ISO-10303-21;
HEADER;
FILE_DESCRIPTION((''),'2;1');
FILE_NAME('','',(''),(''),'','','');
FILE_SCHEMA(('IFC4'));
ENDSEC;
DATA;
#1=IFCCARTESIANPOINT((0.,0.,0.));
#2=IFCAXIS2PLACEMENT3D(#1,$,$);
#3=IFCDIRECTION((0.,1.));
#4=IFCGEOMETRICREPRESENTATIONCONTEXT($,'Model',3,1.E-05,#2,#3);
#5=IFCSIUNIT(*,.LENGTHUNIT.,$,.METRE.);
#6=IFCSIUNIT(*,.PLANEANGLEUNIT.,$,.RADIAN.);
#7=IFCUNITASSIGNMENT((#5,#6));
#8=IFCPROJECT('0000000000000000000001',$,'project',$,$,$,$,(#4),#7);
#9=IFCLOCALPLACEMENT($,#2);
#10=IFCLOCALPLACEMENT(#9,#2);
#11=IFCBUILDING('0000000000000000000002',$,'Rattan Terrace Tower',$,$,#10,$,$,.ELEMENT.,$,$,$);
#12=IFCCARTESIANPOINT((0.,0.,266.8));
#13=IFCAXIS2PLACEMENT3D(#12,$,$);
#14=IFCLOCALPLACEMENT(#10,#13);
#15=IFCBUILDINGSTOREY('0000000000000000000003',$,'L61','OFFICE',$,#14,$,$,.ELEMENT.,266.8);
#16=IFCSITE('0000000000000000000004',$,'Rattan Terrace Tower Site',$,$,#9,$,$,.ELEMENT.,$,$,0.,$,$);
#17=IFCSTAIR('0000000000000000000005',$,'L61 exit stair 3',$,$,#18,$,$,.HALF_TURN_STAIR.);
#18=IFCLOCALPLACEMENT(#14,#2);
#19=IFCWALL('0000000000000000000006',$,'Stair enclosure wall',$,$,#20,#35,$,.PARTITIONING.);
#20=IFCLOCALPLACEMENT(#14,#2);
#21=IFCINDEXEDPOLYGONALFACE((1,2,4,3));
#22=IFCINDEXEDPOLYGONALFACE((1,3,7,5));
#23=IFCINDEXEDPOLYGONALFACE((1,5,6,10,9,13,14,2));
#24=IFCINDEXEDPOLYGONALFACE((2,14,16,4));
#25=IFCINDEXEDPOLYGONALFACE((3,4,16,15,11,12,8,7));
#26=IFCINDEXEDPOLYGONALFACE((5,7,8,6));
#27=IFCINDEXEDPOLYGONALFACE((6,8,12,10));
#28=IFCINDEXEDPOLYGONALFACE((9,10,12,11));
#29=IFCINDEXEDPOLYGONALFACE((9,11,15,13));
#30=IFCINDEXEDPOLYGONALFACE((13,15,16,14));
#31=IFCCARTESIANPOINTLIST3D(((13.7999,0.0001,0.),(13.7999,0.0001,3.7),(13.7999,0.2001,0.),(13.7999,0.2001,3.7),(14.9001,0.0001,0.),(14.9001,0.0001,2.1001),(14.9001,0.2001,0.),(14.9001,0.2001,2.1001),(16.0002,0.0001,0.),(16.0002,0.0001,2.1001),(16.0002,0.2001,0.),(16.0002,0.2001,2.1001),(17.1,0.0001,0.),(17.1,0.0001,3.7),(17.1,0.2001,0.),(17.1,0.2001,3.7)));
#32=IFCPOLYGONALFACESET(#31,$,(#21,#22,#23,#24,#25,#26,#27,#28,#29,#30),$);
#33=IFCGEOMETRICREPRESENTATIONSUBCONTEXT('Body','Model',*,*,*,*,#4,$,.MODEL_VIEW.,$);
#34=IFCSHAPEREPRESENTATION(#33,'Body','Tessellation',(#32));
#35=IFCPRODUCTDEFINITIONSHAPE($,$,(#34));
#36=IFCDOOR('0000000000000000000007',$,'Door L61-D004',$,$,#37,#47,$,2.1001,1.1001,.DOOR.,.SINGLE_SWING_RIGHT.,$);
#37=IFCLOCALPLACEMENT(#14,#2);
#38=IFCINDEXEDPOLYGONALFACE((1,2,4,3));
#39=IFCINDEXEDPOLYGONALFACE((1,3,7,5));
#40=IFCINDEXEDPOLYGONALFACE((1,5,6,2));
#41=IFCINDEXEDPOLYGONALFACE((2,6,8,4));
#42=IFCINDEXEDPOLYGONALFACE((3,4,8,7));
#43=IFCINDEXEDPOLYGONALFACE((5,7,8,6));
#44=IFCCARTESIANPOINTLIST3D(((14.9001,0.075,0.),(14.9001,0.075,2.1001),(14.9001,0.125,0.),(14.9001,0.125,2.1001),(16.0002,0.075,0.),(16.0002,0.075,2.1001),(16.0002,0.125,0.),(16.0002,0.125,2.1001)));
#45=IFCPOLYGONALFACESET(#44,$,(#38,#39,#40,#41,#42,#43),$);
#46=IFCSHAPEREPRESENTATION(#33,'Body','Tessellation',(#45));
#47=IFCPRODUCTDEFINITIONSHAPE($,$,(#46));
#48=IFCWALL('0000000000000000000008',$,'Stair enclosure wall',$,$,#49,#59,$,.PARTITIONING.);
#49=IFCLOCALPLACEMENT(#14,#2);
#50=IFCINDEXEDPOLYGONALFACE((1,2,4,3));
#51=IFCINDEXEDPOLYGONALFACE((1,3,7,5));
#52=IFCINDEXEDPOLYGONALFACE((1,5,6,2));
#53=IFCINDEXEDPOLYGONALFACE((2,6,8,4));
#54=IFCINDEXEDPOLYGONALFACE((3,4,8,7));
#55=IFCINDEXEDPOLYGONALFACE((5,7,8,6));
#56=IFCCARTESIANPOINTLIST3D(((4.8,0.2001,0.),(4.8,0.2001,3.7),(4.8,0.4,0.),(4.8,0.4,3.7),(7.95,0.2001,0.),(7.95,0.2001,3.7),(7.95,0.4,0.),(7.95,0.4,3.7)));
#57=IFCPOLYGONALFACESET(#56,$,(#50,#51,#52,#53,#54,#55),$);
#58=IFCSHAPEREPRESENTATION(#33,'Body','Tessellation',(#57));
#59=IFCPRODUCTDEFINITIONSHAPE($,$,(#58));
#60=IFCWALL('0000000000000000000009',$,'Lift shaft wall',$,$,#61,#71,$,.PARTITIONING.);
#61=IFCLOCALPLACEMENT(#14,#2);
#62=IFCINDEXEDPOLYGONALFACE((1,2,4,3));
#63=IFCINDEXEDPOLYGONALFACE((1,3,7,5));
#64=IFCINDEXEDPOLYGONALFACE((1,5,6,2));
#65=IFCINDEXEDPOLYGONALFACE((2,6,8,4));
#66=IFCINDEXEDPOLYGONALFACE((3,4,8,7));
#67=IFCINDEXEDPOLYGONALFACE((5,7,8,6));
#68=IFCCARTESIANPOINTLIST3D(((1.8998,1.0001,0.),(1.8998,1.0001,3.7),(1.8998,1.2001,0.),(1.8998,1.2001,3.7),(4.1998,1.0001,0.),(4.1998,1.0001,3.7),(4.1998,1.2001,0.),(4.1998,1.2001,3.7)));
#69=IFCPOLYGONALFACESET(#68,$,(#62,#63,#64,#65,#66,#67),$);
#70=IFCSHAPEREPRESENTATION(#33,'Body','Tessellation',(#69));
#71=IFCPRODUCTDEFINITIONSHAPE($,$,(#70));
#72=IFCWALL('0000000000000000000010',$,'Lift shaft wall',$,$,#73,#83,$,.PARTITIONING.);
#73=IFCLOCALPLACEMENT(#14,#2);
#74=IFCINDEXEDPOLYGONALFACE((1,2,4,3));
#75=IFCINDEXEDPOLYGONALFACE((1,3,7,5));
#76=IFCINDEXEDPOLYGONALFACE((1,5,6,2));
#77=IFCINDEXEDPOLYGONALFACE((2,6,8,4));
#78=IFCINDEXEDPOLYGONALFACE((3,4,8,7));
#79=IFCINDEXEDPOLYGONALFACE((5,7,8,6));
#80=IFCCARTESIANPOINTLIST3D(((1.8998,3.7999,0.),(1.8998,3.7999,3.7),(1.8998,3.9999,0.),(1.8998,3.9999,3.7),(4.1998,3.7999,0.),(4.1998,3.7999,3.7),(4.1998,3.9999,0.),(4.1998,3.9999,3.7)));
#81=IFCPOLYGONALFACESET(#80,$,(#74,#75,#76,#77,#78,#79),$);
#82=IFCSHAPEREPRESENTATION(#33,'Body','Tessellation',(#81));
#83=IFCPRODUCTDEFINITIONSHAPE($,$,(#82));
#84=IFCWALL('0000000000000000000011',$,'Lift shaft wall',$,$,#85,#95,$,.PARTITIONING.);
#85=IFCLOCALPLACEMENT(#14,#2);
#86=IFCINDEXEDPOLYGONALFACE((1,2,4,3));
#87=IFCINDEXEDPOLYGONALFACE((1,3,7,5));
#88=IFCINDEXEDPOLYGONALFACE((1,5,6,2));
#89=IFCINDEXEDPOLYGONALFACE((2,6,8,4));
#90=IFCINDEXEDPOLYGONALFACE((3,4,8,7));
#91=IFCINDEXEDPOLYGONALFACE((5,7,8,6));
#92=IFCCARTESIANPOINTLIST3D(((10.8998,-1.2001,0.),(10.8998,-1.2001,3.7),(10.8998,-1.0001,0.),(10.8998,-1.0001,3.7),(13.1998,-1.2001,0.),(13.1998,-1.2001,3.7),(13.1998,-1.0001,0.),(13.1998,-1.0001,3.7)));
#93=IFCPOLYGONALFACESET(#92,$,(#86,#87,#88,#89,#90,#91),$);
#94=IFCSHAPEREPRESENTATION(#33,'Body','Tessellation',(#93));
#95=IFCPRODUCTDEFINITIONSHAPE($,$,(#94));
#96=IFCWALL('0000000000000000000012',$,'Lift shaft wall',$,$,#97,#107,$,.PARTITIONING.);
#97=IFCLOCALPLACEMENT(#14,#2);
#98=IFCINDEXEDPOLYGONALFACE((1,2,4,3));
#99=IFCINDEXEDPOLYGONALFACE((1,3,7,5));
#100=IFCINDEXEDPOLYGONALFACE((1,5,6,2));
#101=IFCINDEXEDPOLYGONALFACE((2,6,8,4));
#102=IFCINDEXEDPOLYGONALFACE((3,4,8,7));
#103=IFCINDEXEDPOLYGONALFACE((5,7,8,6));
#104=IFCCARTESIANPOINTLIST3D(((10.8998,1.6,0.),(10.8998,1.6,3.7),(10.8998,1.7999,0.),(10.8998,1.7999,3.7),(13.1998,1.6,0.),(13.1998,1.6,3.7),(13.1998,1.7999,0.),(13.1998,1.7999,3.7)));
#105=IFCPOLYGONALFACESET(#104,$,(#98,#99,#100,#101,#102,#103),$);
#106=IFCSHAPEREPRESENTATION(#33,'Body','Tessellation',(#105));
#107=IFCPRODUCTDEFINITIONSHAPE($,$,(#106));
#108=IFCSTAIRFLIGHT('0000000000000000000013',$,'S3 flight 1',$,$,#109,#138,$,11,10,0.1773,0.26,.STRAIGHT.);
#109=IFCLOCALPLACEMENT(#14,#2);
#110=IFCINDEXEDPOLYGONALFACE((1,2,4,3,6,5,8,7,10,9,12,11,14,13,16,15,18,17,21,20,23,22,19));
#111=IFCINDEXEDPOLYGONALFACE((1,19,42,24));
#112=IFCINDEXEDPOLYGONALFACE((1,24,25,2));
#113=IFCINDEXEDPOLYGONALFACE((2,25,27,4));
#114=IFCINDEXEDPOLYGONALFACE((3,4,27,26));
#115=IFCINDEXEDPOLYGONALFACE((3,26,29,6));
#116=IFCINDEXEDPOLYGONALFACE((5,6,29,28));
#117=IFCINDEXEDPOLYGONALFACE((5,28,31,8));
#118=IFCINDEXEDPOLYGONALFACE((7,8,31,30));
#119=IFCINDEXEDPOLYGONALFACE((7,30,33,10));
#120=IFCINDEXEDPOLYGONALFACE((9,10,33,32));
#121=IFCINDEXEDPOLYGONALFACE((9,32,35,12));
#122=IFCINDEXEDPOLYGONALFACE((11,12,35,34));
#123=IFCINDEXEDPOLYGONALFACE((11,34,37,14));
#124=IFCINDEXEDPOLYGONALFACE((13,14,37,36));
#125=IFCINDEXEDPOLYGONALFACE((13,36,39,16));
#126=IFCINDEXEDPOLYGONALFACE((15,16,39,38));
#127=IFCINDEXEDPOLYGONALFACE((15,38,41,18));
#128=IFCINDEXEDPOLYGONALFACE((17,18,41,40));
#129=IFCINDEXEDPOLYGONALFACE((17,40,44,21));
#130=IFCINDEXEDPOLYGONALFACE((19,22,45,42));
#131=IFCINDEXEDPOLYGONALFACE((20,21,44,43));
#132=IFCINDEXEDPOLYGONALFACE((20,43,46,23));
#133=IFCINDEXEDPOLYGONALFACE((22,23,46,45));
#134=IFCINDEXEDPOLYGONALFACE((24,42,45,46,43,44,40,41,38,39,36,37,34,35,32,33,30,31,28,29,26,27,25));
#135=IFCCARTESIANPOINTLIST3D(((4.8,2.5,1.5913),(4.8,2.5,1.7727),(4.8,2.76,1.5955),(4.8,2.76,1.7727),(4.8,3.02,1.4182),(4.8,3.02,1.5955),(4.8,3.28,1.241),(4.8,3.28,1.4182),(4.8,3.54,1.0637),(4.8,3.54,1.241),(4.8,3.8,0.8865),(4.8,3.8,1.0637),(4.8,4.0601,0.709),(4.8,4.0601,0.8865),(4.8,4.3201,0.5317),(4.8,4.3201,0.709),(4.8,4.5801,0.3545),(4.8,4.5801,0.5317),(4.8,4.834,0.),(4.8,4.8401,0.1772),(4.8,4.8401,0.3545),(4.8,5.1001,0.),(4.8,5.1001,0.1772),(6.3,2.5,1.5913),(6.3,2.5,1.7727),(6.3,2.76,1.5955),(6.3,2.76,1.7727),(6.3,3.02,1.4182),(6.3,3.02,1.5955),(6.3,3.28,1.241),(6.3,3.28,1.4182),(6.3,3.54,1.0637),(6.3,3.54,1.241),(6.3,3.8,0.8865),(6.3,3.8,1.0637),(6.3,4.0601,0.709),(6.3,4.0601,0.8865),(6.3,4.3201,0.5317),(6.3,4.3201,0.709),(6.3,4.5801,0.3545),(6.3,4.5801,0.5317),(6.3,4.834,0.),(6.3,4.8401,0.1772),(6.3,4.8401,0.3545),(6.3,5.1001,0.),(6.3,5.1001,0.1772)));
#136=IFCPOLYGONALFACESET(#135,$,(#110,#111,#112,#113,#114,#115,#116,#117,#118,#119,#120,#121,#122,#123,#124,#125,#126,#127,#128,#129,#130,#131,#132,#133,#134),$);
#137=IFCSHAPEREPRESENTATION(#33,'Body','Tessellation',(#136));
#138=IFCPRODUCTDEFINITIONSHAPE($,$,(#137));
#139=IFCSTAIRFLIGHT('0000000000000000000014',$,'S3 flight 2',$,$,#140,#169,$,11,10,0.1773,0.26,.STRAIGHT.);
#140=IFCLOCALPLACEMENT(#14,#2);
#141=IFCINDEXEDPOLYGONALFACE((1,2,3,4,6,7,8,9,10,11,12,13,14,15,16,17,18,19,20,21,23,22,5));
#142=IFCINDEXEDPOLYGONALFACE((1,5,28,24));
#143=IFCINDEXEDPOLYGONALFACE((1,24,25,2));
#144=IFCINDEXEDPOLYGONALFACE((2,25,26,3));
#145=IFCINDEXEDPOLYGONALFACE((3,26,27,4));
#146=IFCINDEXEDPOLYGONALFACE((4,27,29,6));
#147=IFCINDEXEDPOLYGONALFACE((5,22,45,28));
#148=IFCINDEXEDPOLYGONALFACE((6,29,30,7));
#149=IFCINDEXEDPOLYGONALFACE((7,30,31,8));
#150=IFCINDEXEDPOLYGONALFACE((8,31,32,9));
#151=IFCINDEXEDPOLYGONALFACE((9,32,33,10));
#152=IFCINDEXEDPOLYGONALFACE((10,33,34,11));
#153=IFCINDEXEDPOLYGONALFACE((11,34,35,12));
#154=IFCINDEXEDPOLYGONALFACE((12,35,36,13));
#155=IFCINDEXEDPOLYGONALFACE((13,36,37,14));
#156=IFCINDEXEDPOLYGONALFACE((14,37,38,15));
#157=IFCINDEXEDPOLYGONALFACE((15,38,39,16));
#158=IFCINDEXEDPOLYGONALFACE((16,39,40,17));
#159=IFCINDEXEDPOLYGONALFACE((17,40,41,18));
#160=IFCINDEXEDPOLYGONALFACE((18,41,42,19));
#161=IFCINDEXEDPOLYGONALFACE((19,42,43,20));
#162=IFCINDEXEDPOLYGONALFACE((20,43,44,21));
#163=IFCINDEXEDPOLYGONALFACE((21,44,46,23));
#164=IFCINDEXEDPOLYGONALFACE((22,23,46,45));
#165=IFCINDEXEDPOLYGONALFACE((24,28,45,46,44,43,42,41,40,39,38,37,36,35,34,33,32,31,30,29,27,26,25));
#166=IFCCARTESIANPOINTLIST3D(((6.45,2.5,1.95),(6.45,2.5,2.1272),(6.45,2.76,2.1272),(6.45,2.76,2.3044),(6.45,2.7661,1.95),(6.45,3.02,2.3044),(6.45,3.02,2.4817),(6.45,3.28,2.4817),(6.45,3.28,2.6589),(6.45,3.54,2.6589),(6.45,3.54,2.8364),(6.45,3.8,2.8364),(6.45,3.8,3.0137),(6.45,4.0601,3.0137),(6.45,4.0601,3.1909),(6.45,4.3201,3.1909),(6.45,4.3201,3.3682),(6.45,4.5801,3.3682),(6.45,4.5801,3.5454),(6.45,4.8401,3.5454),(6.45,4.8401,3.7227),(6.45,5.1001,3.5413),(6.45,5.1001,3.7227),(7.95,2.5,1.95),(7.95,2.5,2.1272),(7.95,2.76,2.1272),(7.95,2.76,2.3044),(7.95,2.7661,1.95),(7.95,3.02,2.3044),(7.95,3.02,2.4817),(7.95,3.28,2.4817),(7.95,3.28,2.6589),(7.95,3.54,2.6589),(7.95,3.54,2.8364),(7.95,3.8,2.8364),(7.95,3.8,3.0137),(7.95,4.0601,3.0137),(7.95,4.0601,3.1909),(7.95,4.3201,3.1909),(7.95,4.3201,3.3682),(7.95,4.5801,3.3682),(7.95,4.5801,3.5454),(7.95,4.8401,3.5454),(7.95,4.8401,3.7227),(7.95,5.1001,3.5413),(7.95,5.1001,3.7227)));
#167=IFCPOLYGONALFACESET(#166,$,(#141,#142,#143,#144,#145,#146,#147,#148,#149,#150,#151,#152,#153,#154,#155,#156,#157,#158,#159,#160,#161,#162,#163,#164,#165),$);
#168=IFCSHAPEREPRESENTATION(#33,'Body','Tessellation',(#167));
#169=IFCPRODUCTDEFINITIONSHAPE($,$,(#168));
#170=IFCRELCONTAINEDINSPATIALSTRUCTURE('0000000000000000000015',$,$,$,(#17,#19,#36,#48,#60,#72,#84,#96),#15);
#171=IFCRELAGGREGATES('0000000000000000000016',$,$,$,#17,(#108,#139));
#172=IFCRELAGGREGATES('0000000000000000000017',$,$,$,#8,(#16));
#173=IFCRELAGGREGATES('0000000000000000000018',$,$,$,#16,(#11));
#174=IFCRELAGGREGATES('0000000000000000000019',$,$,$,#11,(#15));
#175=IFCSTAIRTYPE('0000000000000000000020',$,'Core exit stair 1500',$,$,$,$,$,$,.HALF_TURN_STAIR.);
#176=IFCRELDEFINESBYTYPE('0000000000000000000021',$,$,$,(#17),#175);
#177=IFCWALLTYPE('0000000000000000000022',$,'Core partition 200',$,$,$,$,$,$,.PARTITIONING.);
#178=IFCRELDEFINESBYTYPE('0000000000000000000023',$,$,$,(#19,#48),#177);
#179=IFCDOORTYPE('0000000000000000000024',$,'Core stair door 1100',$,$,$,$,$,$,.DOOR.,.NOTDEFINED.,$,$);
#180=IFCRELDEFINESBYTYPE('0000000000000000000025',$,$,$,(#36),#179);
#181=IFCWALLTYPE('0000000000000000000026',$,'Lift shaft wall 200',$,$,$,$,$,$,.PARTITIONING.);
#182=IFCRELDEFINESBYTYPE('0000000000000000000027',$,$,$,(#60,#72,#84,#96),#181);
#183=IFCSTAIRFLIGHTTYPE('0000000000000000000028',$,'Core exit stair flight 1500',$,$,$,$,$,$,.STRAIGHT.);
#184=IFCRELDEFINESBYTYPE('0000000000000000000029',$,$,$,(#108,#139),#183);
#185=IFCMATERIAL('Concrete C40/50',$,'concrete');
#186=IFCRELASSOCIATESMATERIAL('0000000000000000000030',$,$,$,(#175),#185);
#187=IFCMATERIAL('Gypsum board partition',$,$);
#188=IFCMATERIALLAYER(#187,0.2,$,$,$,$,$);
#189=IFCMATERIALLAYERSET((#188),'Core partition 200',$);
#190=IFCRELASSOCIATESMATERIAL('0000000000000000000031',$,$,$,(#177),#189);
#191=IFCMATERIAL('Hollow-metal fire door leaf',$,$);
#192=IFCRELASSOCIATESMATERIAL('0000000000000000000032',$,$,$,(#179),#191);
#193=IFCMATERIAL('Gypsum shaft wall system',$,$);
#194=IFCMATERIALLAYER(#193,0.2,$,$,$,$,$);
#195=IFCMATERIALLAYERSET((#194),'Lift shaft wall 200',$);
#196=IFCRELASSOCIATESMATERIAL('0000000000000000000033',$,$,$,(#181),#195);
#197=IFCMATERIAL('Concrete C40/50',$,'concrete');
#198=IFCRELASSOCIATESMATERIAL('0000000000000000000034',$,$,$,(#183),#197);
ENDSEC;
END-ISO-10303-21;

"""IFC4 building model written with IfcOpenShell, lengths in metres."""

from ifc_helpers import new_model, si_unit, direction, frame, frame_2d, origin, place, context, subcontext, project, spatial, polyline, rectangle, outline, extrude, material, layer, layer_set, type_object, element, fill, aggregate, save


model = new_model("IFC4")

# Units and contexts
model_context = context("Model", 3, precision=1e-05, world=origin(), true_north=direction((0.0, 1.0)))
body_context = subcontext(model_context, "Body", "Model", "MODEL_VIEW")
ifc_project = project(units=[si_unit("LENGTHUNIT", "METRE"), si_unit("PLANEANGLEUNIT", "RADIAN")], contexts=[model_context])

# Site, building, storey
site_placement = place(None, origin())
site = spatial("IfcSite", under=ifc_project, at=site_placement, Name="Rattan Terrace Tower Site", CompositionType="ELEMENT", RefElevation=0.0)
building_placement = place(site_placement, origin())
building = spatial("IfcBuilding", under=site, at=building_placement, Name="Rattan Terrace Tower", CompositionType="ELEMENT")
storey_placement = place(building_placement, frame((0.0, 0.0, 266.8)))
storey = spatial("IfcBuildingStorey", under=building, at=storey_placement, Name="L61", Description="OFFICE", CompositionType="ELEMENT", Elevation=266.8)

# Stair
ifc_material_1 = material(Name="Concrete C40/50", Category="concrete")
stair_type = type_object("IfcStairType", Name="Core exit stair 1500", PredefinedType="HALF_TURN_STAIR", material=ifc_material_1)
stair_placement = place(storey_placement, origin())
stair = element("IfcStair", 1, at=stair_placement, inside=storey, type_object=stair_type, Name="L61 exit stair 3", PredefinedType="HALF_TURN_STAIR")

# Wall, opening, door
ifc_material_2 = material(Name="Gypsum board partition")
ifc_layer_1 = layer(ifc_material_2, 0.2)
ifc_layer_set_1 = layer_set([ifc_layer_1], Name="Core partition 200")
wall_type_1 = type_object("IfcWallType", Name="Core partition 200", PredefinedType="PARTITIONING", material=ifc_layer_set_1)
wall_1_placement = place(storey_placement, frame((13.8, 0.1001, 0.0), z_axis=(0.0, 0.0, 1.0), x_axis=(1.0, 0.0, 0.0)))
wall_1 = element("IfcWall", 2, at=wall_1_placement, inside=storey, type_object=wall_type_1, Name="Stair enclosure wall", PredefinedType="PARTITIONING", context=body_context, shape_type="SweptSolid", body=[
    extrude(rectangle(XDim=3.3, YDim=0.2, at=frame_2d((1.6499, 0.0))), origin(), (0.0, 0.0, 1.0), 3.7),
])
opening_placement = place(wall_1_placement, frame((1.1001, 0.0, 0.0)))
opening = element("IfcOpeningElement", 3, at=opening_placement, cuts=wall_1, PredefinedType="OPENING", context=body_context, shape_type="SweptSolid", body=[
    extrude(rectangle(XDim=1.1001, YDim=2.1001, at=frame_2d((0.55, 1.05))), frame((0.0, 0.1106, 0.0), z_axis=(0.0, -1.0, 0.0), x_axis=(1.0, 0.0, 0.0)), (0.0, 0.0, 1.0), 0.2209),
])
ifc_material_3 = material(Name="Hollow-metal fire door leaf")
door_type = type_object("IfcDoorType", Name="Core stair door 1100", OperationType="NOTDEFINED", PredefinedType="DOOR", material=ifc_material_3)
door_placement = place(opening_placement, origin())
door = element("IfcDoor", 4, at=door_placement, inside=storey, type_object=door_type, Name="Door L61-D004", OperationType="SINGLE_SWING_RIGHT", OverallHeight=2.1001, OverallWidth=1.1001, PredefinedType="DOOR", context=body_context, shape_type="SweptSolid", body=[
    extrude(rectangle(XDim=1.1001, YDim=2.1001, at=frame_2d((0.55, 1.05))), frame((0.0, 0.0249, 0.0), z_axis=(0.0, -1.0, 0.0), x_axis=(1.0, 0.0, 0.0)), (0.0, 0.0, 1.0), 0.05),
])
fill(opening, door)

# Walls
wall_2_placement = place(storey_placement, frame((4.8, 0.3, 0.0), z_axis=(0.0, 0.0, 1.0), x_axis=(1.0, 0.0, 0.0)))
element("IfcWall", 5, at=wall_2_placement, inside=storey, type_object=wall_type_1, Name="Stair enclosure wall", PredefinedType="PARTITIONING", context=body_context, shape_type="SweptSolid", body=[
    extrude(rectangle(XDim=3.1499, YDim=0.2, at=frame_2d((1.575, 0.0))), origin(), (0.0, 0.0, 1.0), 3.7),
])
ifc_material_4 = material(Name="Gypsum shaft wall system")
ifc_layer_2 = layer(ifc_material_4, 0.2)
ifc_layer_set_2 = layer_set([ifc_layer_2], Name="Lift shaft wall 200")
wall_type_2 = type_object("IfcWallType", Name="Lift shaft wall 200", PredefinedType="PARTITIONING", material=ifc_layer_set_2)
for number, where, z_axis, x_axis, name in (
    (6, (1.8999, 1.1001, 0.0), (0.0, 0.0, 1.0), (1.0, 0.0, 0.0), "Lift shaft wall"),
    (7, (1.8999, 3.8999, 0.0), (0.0, 0.0, 1.0), (1.0, 0.0, 0.0), "Lift shaft wall"),
    (8, (10.8999, -1.1001, 0.0), (0.0, 0.0, 1.0), (1.0, 0.0, 0.0), "Lift shaft wall"),
    (9, (10.8999, 1.7, 0.0), (0.0, 0.0, 1.0), (1.0, 0.0, 0.0), "Lift shaft wall"),
):
    element("IfcWall", number, at=place(storey_placement, frame(where, z_axis=z_axis, x_axis=x_axis)), inside=storey, type_object=wall_type_2, Name=name, PredefinedType="PARTITIONING", context=body_context, shape_type="SweptSolid", body=[
        extrude(rectangle(XDim=2.3, YDim=0.2, at=frame_2d((1.1499, 0.0))), origin(), (0.0, 0.0, 1.0), 3.7),
    ])

# Stair flights
ifc_material_5 = material(Name="Concrete C40/50", Category="concrete")
stair_flight_type = type_object("IfcStairFlightType", Name="Core exit stair flight 1500", PredefinedType="STRAIGHT", material=ifc_material_5)
stair_flight_1_placement = place(storey_placement, frame((5.55, 5.1001, 0.0), z_axis=(0.0, 0.0, 1.0), x_axis=(0.0, -1.0, 0.0)))
stair_flight_1 = element("IfcStairFlight", 10, at=stair_flight_1_placement, type_object=stair_flight_type, Name="S3 flight 1", NumberOfRisers=11, NumberOfTreads=10, PredefinedType="STRAIGHT", RiserHeight=0.1773, TreadLength=0.26, context=body_context, shape_type="SweptSolid", body=[
    extrude(outline(polyline([(0.0, 0.0), (0.0, 0.1772), (0.26, 0.1772), (0.26, 0.3545), (0.52, 0.3545), (0.52, 0.5317), (0.78, 0.5317), (0.78, 0.709), (1.04, 0.709), (1.04, 0.8865), (1.3, 0.8865), (1.3, 1.0637), (1.5601, 1.0637), (1.5601, 1.241), (1.8201, 1.241), (1.8201, 1.4182), (2.0801, 1.4182), (2.0801, 1.5955), (2.3401, 1.5955), (2.3401, 1.7727), (2.6001, 1.7727), (2.6001, 1.95), (2.6001, 1.5913), (0.2661, 0.0), (0.0, 0.0)])), frame((0.0, 0.75, 0.0), z_axis=(0.0, -1.0, 0.0), x_axis=(1.0, 0.0, 0.0)), (0.0, 0.0, 1.0), 1.5),
])
stair_flight_2_placement = place(storey_placement, frame((7.2, 2.5, 1.95), z_axis=(0.0, 0.0, 1.0), x_axis=(0.0, 1.0, 0.0)))
stair_flight_2 = element("IfcStairFlight", 11, at=stair_flight_2_placement, type_object=stair_flight_type, Name="S3 flight 2", NumberOfRisers=11, NumberOfTreads=10, PredefinedType="STRAIGHT", RiserHeight=0.1773, TreadLength=0.26, context=body_context, shape_type="SweptSolid", body=[
    extrude(outline(polyline([(0.0, 0.0), (0.0, 0.1772), (0.26, 0.1772), (0.26, 0.3545), (0.52, 0.3545), (0.52, 0.5317), (0.78, 0.5317), (0.78, 0.709), (1.04, 0.709), (1.04, 0.8865), (1.3, 0.8865), (1.3, 1.0637), (1.5601, 1.0637), (1.5601, 1.241), (1.8201, 1.241), (1.8201, 1.4182), (2.0801, 1.4182), (2.0801, 1.5955), (2.3401, 1.5955), (2.3401, 1.7727), (2.6001, 1.7727), (2.6001, 1.95), (2.6001, 1.5913), (0.2661, 0.0), (0.0, 0.0)])), frame((0.0, 0.75, 0.0), z_axis=(0.0, -1.0, 0.0), x_axis=(1.0, 0.0, 0.0)), (0.0, 0.0, 1.0), 1.5),
])
aggregate(stair, [stair_flight_1, stair_flight_2])

save(model, "model.ifc")
